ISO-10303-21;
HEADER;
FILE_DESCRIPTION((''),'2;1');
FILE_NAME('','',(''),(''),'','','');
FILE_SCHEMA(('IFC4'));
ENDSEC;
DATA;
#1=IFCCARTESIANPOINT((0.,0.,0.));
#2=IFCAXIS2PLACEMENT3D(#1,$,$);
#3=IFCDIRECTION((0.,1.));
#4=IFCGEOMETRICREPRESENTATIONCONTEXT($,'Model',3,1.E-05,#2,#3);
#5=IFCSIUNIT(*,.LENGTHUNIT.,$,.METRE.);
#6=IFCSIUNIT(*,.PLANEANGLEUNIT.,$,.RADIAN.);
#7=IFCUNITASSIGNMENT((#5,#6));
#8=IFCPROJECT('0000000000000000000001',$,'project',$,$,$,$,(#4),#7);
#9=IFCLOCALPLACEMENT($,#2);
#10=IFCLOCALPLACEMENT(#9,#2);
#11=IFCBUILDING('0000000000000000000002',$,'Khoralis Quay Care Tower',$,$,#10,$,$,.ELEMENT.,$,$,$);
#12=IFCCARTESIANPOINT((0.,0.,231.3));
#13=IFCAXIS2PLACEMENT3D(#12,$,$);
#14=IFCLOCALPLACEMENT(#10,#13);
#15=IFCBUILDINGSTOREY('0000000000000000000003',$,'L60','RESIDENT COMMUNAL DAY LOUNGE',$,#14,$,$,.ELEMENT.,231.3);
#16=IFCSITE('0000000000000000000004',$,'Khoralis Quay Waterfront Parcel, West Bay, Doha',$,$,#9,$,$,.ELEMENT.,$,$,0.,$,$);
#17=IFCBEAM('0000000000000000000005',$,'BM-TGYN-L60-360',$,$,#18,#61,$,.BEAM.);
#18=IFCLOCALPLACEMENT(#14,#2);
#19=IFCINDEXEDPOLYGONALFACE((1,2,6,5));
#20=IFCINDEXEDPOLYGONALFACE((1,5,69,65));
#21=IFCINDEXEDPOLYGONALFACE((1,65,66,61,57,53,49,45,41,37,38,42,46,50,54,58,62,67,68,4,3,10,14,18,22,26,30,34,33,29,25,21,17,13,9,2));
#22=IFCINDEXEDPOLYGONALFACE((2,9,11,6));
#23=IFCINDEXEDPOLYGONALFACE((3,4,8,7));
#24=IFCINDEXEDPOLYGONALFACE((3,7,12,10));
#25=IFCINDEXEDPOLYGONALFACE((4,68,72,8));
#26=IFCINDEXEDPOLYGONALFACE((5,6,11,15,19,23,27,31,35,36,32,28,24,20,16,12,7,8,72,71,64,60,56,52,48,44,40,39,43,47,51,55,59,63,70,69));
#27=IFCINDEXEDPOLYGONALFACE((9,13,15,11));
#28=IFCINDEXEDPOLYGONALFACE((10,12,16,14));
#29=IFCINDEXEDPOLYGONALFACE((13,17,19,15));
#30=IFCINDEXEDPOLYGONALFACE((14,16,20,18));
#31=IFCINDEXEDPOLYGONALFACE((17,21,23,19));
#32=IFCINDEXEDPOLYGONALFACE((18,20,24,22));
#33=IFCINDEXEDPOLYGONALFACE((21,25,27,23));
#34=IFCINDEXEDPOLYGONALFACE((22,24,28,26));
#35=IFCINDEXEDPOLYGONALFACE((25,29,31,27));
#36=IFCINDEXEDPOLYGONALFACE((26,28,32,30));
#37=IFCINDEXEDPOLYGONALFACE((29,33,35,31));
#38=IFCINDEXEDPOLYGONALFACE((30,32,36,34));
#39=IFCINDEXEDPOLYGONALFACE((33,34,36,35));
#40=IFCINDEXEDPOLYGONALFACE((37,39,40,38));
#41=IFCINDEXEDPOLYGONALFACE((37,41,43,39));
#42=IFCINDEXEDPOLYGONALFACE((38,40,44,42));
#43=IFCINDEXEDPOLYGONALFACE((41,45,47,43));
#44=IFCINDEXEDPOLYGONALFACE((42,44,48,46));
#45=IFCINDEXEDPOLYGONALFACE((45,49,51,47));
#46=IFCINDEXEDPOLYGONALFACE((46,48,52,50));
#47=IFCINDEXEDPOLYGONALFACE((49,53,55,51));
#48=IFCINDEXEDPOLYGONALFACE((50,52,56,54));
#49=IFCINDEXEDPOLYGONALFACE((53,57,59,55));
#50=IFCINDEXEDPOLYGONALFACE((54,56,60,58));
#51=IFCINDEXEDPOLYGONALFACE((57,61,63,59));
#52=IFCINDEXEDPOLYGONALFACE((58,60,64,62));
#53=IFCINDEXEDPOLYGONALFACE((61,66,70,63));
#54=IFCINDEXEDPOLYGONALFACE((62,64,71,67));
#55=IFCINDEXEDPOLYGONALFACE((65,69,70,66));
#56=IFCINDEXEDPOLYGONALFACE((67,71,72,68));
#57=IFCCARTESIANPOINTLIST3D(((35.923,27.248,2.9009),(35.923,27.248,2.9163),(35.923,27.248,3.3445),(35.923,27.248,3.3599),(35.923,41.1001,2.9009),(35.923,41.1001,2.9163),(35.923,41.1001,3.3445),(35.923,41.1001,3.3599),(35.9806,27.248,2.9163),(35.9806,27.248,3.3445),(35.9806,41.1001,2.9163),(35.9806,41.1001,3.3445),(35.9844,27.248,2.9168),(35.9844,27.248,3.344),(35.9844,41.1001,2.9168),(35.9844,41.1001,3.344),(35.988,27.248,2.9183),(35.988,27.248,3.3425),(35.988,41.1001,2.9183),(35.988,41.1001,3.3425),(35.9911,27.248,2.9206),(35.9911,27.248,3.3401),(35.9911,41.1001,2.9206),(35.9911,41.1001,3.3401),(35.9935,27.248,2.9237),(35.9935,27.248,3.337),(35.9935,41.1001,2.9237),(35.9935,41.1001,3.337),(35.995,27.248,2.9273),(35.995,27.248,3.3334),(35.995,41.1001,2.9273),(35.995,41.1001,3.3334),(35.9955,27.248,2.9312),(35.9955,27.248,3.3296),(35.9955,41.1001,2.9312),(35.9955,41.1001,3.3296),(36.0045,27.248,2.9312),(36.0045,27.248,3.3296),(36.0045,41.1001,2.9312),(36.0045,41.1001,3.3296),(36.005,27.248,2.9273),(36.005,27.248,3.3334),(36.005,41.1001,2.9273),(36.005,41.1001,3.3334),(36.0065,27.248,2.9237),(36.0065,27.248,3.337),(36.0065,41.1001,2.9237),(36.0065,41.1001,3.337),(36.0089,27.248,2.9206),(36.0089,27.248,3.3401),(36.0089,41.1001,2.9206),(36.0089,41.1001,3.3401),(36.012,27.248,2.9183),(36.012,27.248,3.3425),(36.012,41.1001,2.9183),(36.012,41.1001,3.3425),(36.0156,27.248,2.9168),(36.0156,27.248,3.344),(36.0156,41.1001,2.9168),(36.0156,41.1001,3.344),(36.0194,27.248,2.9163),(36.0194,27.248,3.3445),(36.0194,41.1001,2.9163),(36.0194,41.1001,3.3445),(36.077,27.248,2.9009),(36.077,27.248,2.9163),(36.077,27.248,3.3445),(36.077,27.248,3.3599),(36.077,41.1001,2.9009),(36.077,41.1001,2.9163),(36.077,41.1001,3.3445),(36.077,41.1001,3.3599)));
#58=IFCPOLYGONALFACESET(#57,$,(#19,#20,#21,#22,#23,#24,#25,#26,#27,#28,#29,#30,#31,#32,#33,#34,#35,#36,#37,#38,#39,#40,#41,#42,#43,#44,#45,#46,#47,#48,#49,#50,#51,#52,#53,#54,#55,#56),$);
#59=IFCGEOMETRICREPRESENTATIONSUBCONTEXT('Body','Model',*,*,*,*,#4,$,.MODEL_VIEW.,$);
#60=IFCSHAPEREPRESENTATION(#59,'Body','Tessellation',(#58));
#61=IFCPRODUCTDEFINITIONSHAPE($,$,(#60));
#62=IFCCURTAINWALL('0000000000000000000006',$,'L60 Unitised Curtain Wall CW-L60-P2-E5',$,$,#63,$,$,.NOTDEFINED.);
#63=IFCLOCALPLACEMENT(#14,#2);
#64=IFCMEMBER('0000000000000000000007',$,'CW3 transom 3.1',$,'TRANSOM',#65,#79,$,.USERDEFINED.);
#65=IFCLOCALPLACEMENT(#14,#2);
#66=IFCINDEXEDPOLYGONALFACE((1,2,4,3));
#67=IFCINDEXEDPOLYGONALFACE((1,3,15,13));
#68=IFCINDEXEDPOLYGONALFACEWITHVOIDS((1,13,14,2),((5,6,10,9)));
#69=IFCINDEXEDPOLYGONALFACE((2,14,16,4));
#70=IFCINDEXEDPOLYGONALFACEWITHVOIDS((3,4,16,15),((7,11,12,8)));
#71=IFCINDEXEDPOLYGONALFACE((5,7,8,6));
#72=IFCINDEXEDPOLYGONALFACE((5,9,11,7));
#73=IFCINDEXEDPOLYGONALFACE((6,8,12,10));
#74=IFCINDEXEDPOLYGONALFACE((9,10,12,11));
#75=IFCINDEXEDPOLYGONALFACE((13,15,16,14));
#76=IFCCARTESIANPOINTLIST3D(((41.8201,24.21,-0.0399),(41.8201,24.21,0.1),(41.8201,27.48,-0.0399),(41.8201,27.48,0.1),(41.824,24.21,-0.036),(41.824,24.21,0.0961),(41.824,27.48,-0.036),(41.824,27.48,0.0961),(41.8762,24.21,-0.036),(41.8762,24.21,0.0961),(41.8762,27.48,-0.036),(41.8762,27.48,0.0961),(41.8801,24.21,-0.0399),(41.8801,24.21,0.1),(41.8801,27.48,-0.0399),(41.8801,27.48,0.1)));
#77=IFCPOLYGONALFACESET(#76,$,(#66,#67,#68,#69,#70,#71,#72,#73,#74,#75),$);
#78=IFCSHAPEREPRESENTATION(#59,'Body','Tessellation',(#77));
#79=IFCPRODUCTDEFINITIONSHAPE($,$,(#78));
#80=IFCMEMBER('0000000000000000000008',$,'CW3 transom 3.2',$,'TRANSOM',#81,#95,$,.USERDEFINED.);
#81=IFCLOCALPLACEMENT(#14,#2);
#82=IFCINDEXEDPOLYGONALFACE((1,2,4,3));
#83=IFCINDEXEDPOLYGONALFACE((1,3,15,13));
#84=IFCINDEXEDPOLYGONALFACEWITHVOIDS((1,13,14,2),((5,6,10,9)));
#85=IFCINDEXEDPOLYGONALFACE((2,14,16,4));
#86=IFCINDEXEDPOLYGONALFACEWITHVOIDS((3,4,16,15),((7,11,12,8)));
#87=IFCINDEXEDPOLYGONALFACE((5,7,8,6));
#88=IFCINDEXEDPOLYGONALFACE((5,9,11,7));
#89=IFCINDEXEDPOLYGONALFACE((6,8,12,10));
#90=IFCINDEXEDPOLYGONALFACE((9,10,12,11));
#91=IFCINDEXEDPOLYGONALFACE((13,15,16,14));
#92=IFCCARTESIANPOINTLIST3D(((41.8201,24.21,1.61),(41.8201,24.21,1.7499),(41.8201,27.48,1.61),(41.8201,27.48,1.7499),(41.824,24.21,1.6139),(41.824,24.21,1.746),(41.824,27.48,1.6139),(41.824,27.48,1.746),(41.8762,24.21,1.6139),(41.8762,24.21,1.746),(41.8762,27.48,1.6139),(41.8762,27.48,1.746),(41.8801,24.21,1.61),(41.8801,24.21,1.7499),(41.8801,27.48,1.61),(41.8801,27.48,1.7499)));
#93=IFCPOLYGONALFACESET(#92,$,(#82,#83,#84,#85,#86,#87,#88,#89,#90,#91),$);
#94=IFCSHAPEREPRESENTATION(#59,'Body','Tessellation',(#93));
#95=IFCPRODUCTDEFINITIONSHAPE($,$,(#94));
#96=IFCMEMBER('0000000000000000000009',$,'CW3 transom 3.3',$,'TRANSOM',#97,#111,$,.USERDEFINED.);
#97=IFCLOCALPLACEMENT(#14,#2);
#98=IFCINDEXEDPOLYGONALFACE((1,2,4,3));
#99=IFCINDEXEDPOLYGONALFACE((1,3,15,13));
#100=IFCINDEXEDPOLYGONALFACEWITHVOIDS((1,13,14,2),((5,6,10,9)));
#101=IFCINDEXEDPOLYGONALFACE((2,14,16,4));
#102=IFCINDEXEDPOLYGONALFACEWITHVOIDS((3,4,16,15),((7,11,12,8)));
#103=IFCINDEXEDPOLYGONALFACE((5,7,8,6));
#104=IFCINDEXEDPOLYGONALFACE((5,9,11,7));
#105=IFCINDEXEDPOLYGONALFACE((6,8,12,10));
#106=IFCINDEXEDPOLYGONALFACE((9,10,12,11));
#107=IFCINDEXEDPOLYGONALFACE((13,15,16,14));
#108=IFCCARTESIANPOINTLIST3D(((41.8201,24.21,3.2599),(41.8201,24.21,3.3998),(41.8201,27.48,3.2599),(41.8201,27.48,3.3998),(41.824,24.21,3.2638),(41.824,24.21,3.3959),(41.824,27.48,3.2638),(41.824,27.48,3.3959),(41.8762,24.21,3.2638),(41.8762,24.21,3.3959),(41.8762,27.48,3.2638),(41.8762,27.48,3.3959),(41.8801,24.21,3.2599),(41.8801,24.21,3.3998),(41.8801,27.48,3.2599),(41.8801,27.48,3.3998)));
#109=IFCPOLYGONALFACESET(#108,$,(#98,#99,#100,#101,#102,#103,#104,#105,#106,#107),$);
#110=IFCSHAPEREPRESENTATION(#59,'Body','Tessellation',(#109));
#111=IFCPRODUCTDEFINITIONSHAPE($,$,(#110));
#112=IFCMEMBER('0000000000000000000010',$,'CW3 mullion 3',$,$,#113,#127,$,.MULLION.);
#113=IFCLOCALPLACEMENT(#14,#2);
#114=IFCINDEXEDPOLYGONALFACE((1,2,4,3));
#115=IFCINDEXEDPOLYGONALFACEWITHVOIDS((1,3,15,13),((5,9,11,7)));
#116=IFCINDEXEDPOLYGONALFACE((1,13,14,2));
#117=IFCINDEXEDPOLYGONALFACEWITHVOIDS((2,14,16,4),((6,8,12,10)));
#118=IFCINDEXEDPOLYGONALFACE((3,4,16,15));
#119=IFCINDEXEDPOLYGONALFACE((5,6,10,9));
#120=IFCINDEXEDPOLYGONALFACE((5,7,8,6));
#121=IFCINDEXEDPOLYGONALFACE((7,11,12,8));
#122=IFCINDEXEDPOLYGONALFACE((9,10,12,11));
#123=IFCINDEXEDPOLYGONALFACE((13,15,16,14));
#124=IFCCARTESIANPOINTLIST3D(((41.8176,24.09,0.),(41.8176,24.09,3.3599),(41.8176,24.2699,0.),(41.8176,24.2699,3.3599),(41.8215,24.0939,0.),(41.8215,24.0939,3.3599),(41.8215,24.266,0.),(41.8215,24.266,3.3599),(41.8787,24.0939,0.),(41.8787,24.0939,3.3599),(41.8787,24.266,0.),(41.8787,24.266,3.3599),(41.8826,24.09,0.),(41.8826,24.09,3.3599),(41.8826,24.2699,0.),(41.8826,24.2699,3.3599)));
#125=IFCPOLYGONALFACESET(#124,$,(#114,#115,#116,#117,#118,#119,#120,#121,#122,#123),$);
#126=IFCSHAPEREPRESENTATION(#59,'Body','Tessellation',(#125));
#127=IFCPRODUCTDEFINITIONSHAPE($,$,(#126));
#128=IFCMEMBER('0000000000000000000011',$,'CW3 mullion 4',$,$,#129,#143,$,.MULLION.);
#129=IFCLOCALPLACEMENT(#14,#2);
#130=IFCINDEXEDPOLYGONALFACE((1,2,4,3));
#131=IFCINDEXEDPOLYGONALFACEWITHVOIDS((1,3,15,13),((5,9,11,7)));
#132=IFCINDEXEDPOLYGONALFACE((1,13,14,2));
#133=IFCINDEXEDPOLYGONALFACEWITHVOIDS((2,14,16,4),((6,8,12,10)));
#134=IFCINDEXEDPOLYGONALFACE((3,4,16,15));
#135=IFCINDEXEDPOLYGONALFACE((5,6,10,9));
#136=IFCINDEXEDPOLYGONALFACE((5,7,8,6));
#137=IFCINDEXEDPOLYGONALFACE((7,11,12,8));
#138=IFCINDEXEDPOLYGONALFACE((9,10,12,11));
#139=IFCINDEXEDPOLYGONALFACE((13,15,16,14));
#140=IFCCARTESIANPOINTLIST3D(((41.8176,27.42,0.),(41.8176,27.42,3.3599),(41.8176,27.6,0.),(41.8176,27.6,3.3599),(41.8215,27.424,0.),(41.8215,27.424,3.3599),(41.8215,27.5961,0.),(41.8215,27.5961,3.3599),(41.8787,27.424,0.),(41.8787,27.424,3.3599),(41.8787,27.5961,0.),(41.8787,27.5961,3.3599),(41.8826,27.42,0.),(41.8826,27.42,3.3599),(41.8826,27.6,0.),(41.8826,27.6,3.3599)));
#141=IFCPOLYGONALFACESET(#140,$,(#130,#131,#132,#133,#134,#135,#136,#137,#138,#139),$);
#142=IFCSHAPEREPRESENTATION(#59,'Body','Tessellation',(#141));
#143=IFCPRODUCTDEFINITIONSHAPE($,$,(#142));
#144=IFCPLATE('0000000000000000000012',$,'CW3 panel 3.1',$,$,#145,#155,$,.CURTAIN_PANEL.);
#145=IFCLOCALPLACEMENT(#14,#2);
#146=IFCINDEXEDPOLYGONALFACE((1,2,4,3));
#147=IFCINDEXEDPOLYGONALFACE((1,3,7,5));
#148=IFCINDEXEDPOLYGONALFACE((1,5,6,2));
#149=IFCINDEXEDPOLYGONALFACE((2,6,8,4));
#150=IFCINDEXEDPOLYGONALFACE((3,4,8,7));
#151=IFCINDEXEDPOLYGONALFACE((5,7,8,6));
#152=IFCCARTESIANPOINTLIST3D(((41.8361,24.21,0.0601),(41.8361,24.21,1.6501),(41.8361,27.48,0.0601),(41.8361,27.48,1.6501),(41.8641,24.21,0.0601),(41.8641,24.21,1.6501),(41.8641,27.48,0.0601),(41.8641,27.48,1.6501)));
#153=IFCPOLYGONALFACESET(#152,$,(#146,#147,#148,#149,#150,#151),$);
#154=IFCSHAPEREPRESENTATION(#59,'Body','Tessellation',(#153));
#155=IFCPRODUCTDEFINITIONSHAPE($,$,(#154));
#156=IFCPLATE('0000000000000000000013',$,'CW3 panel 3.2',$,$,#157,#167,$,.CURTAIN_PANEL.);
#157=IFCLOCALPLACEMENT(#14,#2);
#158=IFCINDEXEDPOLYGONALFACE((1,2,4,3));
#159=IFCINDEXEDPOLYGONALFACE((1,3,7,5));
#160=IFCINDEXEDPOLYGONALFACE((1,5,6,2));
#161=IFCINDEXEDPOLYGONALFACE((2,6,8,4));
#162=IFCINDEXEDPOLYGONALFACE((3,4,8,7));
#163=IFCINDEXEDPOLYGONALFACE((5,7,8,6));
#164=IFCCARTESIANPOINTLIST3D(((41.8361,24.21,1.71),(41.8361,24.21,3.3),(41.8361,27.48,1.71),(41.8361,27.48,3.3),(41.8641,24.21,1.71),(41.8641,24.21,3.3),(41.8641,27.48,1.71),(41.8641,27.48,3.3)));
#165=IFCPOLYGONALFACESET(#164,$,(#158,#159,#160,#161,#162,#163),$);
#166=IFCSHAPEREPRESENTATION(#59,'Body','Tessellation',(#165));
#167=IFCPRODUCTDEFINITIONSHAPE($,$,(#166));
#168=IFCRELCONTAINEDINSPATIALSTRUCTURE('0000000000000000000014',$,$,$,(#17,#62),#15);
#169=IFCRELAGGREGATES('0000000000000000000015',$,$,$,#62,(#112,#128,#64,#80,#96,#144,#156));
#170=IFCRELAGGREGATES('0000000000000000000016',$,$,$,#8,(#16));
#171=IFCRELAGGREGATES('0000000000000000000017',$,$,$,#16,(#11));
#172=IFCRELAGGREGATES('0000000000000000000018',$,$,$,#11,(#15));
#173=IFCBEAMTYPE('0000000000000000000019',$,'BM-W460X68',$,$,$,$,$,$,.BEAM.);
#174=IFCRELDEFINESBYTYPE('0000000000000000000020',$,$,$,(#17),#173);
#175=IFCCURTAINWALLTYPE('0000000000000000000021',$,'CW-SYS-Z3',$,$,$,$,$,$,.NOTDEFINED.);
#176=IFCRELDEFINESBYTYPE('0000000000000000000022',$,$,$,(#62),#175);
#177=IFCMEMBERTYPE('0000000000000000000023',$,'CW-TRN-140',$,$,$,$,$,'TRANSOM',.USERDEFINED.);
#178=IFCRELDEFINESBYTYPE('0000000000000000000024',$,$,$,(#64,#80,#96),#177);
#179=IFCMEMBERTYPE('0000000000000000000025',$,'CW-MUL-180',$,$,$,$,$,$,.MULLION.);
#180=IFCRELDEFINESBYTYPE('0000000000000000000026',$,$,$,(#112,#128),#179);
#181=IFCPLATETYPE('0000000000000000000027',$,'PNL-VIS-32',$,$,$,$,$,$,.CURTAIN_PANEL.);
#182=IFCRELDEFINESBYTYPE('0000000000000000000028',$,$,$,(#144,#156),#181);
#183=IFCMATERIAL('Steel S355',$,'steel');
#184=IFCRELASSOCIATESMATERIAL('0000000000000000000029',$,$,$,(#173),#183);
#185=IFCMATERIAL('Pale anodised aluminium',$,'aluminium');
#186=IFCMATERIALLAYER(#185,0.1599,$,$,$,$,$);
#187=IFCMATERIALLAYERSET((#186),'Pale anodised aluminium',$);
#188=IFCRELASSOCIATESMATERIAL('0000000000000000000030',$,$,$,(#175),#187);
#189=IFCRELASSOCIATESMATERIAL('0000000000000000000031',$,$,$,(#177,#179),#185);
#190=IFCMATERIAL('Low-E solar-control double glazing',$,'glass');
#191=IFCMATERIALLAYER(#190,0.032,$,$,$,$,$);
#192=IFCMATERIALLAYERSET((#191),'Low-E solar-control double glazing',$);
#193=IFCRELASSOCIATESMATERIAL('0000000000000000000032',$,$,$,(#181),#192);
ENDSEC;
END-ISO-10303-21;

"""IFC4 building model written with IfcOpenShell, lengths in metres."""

from ifc_helpers import new_model, si_unit, direction, frame, origin, origin_2d, place, context, subcontext, project, spatial, rectangle, hollow_rectangle, i_section, extrude, source, transform, mapped, material, layer, layer_set, material_profile, profile_set, type_object, element, aggregate, save


model = new_model("IFC4")

# Units and contexts
model_context = context("Model", 3, precision=1e-05, world=origin(), true_north=direction((0.0, 1.0)))
body_context = subcontext(model_context, "Body", "Model", "MODEL_VIEW")
ifc_project = project(units=[si_unit("LENGTHUNIT", "METRE"), si_unit("PLANEANGLEUNIT", "RADIAN")], contexts=[model_context])

# Site, building, storey
site_placement = place(None, origin())
site = spatial("IfcSite", under=ifc_project, at=site_placement, Name="Khoralis Quay Waterfront Parcel, West Bay, Doha", CompositionType="ELEMENT", RefElevation=0.0)
building_placement = place(site_placement, origin())
building = spatial("IfcBuilding", under=site, at=building_placement, Name="Khoralis Quay Care Tower", CompositionType="ELEMENT")
storey_placement = place(building_placement, frame((0.0, 0.0, 231.3)))
storey = spatial("IfcBuildingStorey", under=building, at=storey_placement, Name="L60", Description="RESIDENT COMMUNAL DAY LOUNGE", CompositionType="ELEMENT", Elevation=231.3)

# Beam
ifc_material_1 = material(Name="Steel S355", Category="steel")
ifc_material_profile_1 = material_profile(ifc_material_1, i_section(OverallWidth=0.1541, OverallDepth=0.459, WebThickness=0.009, FlangeThickness=0.0154, FilletRadius=0.0149, at=origin_2d()), Name="Steel S355")
ifc_profile_set_1 = profile_set([ifc_material_profile_1], Name="Steel S355")
beam_type_1 = type_object("IfcBeamType", Name="BM-W460X68", PredefinedType="BEAM", material=ifc_profile_set_1)
shared_shape_1 = source(origin(), body_context, "Body", "SweptSolid", [
    extrude(i_section(OverallWidth=0.1541, OverallDepth=0.459, WebThickness=0.009, FlangeThickness=0.0154, FilletRadius=0.0149, at=origin_2d()), origin(), (0.0, 0.0, 1.0), 13.8521),
])
beam_1_placement = place(storey_placement, frame((36.0, 27.248, 3.1304), z_axis=(0.0, 1.0, 0.0), x_axis=(-1.0, 0.0, 0.0)))
element("IfcBeam", 1, at=beam_1_placement, inside=storey, type_object=beam_type_1, Name="BM-TGYN-L60-360", PredefinedType="BEAM", context=body_context, shape_type="MappedRepresentation", body=[
    mapped(shared_shape_1, transform((0.0, 0.0, 0.0), scale=1.0)),
])

# Curtain wall, members, plates
ifc_material_2 = material(Name="Pale anodised aluminium", Category="aluminium")
ifc_layer_1 = layer(ifc_material_2, 0.1599)
ifc_layer_set_1 = layer_set([ifc_layer_1], Name="Pale anodised aluminium")
curtain_wall_type = type_object("IfcCurtainWallType", Name="CW-SYS-Z3", PredefinedType="NOTDEFINED", material=ifc_layer_set_1)
curtain_wall_placement = place(storey_placement, origin())
curtain_wall = element("IfcCurtainWall", 2, at=curtain_wall_placement, inside=storey, type_object=curtain_wall_type, Name="L60 Unitised Curtain Wall CW-L60-P2-E5", PredefinedType="NOTDEFINED")
ifc_material_profile_2 = material_profile(ifc_material_2, hollow_rectangle(XDim=0.0601, YDim=0.1399, WallThickness=0.0039, at=origin_2d()), Name="Pale anodised aluminium")
ifc_profile_set_2 = profile_set([ifc_material_profile_2], Name="Pale anodised aluminium")
member_type_1 = type_object("IfcMemberType", Name="CW-TRN-140", ElementType="TRANSOM", PredefinedType="USERDEFINED", material=ifc_profile_set_2)
shared_shape_2 = source(origin(), body_context, "Body", "SweptSolid", [
    extrude(hollow_rectangle(XDim=0.0601, YDim=0.1399, WallThickness=0.0039, at=origin_2d()), origin(), (0.0, 0.0, 1.0), 3.27),
])
member_1_placement = place(storey_placement, frame((41.8501, 24.21, 0.03), z_axis=(0.0, 1.0, 0.0), x_axis=(-1.0, 0.0, 0.0)))
member_1 = element("IfcMember", 3, at=member_1_placement, type_object=member_type_1, Name="CW3 transom 3.1", ObjectType="TRANSOM", PredefinedType="USERDEFINED", context=body_context, shape_type="MappedRepresentation", body=[
    mapped(shared_shape_2, transform((0.0, 0.0, 0.0), scale=1.0)),
])
member_2_placement = place(storey_placement, frame((41.8501, 24.21, 1.6799), z_axis=(0.0, 1.0, 0.0), x_axis=(-1.0, 0.0, 0.0)))
member_2 = element("IfcMember", 4, at=member_2_placement, type_object=member_type_1, Name="CW3 transom 3.2", ObjectType="TRANSOM", PredefinedType="USERDEFINED", context=body_context, shape_type="MappedRepresentation", body=[
    mapped(shared_shape_2, transform((0.0, 0.0, 0.0), scale=1.0)),
])
member_3_placement = place(storey_placement, frame((41.8501, 24.21, 3.3298), z_axis=(0.0, 1.0, 0.0), x_axis=(-1.0, 0.0, 0.0)))
member_3 = element("IfcMember", 5, at=member_3_placement, type_object=member_type_1, Name="CW3 transom 3.3", ObjectType="TRANSOM", PredefinedType="USERDEFINED", context=body_context, shape_type="MappedRepresentation", body=[
    mapped(shared_shape_2, transform((0.0, 0.0, 0.0), scale=1.0)),
])
ifc_material_profile_3 = material_profile(ifc_material_2, hollow_rectangle(XDim=0.0649, YDim=0.1799, WallThickness=0.0039, at=origin_2d()), Name="Pale anodised aluminium")
ifc_profile_set_3 = profile_set([ifc_material_profile_3], Name="Pale anodised aluminium")
member_type_2 = type_object("IfcMemberType", Name="CW-MUL-180", PredefinedType="MULLION", material=ifc_profile_set_3)
shared_shape_3 = source(origin(), body_context, "Body", "SweptSolid", [
    extrude(hollow_rectangle(XDim=0.0649, YDim=0.1799, WallThickness=0.0039, at=origin_2d()), origin(), (0.0, 0.0, 1.0), 3.3599),
])
member_4_placement = place(storey_placement, frame((41.8501, 24.1799, 0.0), z_axis=(0.0, 0.0, 1.0), x_axis=(-1.0, 0.0, 0.0)))
member_4 = element("IfcMember", 6, at=member_4_placement, type_object=member_type_2, Name="CW3 mullion 3", PredefinedType="MULLION", context=body_context, shape_type="MappedRepresentation", body=[
    mapped(shared_shape_3, transform((0.0, 0.0, 0.0), scale=1.0)),
])
member_5_placement = place(storey_placement, frame((41.8501, 27.51, 0.0), z_axis=(0.0, 0.0, 1.0), x_axis=(-1.0, 0.0, 0.0)))
member_5 = element("IfcMember", 7, at=member_5_placement, type_object=member_type_2, Name="CW3 mullion 4", PredefinedType="MULLION", context=body_context, shape_type="MappedRepresentation", body=[
    mapped(shared_shape_3, transform((0.0, 0.0, 0.0), scale=1.0)),
])
ifc_material_3 = material(Name="Low-E solar-control double glazing", Category="glass")
ifc_layer_2 = layer(ifc_material_3, 0.032)
ifc_layer_set_2 = layer_set([ifc_layer_2], Name="Low-E solar-control double glazing")
plate_type = type_object("IfcPlateType", Name="PNL-VIS-32", PredefinedType="CURTAIN_PANEL", material=ifc_layer_set_2)
shared_shape_4 = source(origin(), body_context, "Body", "SweptSolid", [
    extrude(rectangle(XDim=3.27, YDim=0.0281, at=origin_2d()), origin(), (0.0, 0.0, 1.0), 1.5901),
])
plate_1_placement = place(storey_placement, frame((41.8501, 25.845, 0.0601), z_axis=(0.0, 0.0, 1.0), x_axis=(0.0, 1.0, 0.0)))
plate_1 = element("IfcPlate", 8, at=plate_1_placement, type_object=plate_type, Name="CW3 panel 3.1", PredefinedType="CURTAIN_PANEL", context=body_context, shape_type="MappedRepresentation", body=[
    mapped(shared_shape_4, transform((0.0, 0.0, 0.0), scale=1.0)),
])
plate_2_placement = place(storey_placement, frame((41.8501, 25.845, 1.71), z_axis=(0.0, 0.0, 1.0), x_axis=(0.0, 1.0, 0.0)))
plate_2 = element("IfcPlate", 9, at=plate_2_placement, type_object=plate_type, Name="CW3 panel 3.2", PredefinedType="CURTAIN_PANEL", context=body_context, shape_type="MappedRepresentation", body=[
    mapped(shared_shape_4, transform((0.0, 0.0, 0.0), scale=1.0)),
])
aggregate(curtain_wall, [member_4, member_5, member_1, member_2, member_3, plate_1, plate_2])

save(model, "model.ifc")
